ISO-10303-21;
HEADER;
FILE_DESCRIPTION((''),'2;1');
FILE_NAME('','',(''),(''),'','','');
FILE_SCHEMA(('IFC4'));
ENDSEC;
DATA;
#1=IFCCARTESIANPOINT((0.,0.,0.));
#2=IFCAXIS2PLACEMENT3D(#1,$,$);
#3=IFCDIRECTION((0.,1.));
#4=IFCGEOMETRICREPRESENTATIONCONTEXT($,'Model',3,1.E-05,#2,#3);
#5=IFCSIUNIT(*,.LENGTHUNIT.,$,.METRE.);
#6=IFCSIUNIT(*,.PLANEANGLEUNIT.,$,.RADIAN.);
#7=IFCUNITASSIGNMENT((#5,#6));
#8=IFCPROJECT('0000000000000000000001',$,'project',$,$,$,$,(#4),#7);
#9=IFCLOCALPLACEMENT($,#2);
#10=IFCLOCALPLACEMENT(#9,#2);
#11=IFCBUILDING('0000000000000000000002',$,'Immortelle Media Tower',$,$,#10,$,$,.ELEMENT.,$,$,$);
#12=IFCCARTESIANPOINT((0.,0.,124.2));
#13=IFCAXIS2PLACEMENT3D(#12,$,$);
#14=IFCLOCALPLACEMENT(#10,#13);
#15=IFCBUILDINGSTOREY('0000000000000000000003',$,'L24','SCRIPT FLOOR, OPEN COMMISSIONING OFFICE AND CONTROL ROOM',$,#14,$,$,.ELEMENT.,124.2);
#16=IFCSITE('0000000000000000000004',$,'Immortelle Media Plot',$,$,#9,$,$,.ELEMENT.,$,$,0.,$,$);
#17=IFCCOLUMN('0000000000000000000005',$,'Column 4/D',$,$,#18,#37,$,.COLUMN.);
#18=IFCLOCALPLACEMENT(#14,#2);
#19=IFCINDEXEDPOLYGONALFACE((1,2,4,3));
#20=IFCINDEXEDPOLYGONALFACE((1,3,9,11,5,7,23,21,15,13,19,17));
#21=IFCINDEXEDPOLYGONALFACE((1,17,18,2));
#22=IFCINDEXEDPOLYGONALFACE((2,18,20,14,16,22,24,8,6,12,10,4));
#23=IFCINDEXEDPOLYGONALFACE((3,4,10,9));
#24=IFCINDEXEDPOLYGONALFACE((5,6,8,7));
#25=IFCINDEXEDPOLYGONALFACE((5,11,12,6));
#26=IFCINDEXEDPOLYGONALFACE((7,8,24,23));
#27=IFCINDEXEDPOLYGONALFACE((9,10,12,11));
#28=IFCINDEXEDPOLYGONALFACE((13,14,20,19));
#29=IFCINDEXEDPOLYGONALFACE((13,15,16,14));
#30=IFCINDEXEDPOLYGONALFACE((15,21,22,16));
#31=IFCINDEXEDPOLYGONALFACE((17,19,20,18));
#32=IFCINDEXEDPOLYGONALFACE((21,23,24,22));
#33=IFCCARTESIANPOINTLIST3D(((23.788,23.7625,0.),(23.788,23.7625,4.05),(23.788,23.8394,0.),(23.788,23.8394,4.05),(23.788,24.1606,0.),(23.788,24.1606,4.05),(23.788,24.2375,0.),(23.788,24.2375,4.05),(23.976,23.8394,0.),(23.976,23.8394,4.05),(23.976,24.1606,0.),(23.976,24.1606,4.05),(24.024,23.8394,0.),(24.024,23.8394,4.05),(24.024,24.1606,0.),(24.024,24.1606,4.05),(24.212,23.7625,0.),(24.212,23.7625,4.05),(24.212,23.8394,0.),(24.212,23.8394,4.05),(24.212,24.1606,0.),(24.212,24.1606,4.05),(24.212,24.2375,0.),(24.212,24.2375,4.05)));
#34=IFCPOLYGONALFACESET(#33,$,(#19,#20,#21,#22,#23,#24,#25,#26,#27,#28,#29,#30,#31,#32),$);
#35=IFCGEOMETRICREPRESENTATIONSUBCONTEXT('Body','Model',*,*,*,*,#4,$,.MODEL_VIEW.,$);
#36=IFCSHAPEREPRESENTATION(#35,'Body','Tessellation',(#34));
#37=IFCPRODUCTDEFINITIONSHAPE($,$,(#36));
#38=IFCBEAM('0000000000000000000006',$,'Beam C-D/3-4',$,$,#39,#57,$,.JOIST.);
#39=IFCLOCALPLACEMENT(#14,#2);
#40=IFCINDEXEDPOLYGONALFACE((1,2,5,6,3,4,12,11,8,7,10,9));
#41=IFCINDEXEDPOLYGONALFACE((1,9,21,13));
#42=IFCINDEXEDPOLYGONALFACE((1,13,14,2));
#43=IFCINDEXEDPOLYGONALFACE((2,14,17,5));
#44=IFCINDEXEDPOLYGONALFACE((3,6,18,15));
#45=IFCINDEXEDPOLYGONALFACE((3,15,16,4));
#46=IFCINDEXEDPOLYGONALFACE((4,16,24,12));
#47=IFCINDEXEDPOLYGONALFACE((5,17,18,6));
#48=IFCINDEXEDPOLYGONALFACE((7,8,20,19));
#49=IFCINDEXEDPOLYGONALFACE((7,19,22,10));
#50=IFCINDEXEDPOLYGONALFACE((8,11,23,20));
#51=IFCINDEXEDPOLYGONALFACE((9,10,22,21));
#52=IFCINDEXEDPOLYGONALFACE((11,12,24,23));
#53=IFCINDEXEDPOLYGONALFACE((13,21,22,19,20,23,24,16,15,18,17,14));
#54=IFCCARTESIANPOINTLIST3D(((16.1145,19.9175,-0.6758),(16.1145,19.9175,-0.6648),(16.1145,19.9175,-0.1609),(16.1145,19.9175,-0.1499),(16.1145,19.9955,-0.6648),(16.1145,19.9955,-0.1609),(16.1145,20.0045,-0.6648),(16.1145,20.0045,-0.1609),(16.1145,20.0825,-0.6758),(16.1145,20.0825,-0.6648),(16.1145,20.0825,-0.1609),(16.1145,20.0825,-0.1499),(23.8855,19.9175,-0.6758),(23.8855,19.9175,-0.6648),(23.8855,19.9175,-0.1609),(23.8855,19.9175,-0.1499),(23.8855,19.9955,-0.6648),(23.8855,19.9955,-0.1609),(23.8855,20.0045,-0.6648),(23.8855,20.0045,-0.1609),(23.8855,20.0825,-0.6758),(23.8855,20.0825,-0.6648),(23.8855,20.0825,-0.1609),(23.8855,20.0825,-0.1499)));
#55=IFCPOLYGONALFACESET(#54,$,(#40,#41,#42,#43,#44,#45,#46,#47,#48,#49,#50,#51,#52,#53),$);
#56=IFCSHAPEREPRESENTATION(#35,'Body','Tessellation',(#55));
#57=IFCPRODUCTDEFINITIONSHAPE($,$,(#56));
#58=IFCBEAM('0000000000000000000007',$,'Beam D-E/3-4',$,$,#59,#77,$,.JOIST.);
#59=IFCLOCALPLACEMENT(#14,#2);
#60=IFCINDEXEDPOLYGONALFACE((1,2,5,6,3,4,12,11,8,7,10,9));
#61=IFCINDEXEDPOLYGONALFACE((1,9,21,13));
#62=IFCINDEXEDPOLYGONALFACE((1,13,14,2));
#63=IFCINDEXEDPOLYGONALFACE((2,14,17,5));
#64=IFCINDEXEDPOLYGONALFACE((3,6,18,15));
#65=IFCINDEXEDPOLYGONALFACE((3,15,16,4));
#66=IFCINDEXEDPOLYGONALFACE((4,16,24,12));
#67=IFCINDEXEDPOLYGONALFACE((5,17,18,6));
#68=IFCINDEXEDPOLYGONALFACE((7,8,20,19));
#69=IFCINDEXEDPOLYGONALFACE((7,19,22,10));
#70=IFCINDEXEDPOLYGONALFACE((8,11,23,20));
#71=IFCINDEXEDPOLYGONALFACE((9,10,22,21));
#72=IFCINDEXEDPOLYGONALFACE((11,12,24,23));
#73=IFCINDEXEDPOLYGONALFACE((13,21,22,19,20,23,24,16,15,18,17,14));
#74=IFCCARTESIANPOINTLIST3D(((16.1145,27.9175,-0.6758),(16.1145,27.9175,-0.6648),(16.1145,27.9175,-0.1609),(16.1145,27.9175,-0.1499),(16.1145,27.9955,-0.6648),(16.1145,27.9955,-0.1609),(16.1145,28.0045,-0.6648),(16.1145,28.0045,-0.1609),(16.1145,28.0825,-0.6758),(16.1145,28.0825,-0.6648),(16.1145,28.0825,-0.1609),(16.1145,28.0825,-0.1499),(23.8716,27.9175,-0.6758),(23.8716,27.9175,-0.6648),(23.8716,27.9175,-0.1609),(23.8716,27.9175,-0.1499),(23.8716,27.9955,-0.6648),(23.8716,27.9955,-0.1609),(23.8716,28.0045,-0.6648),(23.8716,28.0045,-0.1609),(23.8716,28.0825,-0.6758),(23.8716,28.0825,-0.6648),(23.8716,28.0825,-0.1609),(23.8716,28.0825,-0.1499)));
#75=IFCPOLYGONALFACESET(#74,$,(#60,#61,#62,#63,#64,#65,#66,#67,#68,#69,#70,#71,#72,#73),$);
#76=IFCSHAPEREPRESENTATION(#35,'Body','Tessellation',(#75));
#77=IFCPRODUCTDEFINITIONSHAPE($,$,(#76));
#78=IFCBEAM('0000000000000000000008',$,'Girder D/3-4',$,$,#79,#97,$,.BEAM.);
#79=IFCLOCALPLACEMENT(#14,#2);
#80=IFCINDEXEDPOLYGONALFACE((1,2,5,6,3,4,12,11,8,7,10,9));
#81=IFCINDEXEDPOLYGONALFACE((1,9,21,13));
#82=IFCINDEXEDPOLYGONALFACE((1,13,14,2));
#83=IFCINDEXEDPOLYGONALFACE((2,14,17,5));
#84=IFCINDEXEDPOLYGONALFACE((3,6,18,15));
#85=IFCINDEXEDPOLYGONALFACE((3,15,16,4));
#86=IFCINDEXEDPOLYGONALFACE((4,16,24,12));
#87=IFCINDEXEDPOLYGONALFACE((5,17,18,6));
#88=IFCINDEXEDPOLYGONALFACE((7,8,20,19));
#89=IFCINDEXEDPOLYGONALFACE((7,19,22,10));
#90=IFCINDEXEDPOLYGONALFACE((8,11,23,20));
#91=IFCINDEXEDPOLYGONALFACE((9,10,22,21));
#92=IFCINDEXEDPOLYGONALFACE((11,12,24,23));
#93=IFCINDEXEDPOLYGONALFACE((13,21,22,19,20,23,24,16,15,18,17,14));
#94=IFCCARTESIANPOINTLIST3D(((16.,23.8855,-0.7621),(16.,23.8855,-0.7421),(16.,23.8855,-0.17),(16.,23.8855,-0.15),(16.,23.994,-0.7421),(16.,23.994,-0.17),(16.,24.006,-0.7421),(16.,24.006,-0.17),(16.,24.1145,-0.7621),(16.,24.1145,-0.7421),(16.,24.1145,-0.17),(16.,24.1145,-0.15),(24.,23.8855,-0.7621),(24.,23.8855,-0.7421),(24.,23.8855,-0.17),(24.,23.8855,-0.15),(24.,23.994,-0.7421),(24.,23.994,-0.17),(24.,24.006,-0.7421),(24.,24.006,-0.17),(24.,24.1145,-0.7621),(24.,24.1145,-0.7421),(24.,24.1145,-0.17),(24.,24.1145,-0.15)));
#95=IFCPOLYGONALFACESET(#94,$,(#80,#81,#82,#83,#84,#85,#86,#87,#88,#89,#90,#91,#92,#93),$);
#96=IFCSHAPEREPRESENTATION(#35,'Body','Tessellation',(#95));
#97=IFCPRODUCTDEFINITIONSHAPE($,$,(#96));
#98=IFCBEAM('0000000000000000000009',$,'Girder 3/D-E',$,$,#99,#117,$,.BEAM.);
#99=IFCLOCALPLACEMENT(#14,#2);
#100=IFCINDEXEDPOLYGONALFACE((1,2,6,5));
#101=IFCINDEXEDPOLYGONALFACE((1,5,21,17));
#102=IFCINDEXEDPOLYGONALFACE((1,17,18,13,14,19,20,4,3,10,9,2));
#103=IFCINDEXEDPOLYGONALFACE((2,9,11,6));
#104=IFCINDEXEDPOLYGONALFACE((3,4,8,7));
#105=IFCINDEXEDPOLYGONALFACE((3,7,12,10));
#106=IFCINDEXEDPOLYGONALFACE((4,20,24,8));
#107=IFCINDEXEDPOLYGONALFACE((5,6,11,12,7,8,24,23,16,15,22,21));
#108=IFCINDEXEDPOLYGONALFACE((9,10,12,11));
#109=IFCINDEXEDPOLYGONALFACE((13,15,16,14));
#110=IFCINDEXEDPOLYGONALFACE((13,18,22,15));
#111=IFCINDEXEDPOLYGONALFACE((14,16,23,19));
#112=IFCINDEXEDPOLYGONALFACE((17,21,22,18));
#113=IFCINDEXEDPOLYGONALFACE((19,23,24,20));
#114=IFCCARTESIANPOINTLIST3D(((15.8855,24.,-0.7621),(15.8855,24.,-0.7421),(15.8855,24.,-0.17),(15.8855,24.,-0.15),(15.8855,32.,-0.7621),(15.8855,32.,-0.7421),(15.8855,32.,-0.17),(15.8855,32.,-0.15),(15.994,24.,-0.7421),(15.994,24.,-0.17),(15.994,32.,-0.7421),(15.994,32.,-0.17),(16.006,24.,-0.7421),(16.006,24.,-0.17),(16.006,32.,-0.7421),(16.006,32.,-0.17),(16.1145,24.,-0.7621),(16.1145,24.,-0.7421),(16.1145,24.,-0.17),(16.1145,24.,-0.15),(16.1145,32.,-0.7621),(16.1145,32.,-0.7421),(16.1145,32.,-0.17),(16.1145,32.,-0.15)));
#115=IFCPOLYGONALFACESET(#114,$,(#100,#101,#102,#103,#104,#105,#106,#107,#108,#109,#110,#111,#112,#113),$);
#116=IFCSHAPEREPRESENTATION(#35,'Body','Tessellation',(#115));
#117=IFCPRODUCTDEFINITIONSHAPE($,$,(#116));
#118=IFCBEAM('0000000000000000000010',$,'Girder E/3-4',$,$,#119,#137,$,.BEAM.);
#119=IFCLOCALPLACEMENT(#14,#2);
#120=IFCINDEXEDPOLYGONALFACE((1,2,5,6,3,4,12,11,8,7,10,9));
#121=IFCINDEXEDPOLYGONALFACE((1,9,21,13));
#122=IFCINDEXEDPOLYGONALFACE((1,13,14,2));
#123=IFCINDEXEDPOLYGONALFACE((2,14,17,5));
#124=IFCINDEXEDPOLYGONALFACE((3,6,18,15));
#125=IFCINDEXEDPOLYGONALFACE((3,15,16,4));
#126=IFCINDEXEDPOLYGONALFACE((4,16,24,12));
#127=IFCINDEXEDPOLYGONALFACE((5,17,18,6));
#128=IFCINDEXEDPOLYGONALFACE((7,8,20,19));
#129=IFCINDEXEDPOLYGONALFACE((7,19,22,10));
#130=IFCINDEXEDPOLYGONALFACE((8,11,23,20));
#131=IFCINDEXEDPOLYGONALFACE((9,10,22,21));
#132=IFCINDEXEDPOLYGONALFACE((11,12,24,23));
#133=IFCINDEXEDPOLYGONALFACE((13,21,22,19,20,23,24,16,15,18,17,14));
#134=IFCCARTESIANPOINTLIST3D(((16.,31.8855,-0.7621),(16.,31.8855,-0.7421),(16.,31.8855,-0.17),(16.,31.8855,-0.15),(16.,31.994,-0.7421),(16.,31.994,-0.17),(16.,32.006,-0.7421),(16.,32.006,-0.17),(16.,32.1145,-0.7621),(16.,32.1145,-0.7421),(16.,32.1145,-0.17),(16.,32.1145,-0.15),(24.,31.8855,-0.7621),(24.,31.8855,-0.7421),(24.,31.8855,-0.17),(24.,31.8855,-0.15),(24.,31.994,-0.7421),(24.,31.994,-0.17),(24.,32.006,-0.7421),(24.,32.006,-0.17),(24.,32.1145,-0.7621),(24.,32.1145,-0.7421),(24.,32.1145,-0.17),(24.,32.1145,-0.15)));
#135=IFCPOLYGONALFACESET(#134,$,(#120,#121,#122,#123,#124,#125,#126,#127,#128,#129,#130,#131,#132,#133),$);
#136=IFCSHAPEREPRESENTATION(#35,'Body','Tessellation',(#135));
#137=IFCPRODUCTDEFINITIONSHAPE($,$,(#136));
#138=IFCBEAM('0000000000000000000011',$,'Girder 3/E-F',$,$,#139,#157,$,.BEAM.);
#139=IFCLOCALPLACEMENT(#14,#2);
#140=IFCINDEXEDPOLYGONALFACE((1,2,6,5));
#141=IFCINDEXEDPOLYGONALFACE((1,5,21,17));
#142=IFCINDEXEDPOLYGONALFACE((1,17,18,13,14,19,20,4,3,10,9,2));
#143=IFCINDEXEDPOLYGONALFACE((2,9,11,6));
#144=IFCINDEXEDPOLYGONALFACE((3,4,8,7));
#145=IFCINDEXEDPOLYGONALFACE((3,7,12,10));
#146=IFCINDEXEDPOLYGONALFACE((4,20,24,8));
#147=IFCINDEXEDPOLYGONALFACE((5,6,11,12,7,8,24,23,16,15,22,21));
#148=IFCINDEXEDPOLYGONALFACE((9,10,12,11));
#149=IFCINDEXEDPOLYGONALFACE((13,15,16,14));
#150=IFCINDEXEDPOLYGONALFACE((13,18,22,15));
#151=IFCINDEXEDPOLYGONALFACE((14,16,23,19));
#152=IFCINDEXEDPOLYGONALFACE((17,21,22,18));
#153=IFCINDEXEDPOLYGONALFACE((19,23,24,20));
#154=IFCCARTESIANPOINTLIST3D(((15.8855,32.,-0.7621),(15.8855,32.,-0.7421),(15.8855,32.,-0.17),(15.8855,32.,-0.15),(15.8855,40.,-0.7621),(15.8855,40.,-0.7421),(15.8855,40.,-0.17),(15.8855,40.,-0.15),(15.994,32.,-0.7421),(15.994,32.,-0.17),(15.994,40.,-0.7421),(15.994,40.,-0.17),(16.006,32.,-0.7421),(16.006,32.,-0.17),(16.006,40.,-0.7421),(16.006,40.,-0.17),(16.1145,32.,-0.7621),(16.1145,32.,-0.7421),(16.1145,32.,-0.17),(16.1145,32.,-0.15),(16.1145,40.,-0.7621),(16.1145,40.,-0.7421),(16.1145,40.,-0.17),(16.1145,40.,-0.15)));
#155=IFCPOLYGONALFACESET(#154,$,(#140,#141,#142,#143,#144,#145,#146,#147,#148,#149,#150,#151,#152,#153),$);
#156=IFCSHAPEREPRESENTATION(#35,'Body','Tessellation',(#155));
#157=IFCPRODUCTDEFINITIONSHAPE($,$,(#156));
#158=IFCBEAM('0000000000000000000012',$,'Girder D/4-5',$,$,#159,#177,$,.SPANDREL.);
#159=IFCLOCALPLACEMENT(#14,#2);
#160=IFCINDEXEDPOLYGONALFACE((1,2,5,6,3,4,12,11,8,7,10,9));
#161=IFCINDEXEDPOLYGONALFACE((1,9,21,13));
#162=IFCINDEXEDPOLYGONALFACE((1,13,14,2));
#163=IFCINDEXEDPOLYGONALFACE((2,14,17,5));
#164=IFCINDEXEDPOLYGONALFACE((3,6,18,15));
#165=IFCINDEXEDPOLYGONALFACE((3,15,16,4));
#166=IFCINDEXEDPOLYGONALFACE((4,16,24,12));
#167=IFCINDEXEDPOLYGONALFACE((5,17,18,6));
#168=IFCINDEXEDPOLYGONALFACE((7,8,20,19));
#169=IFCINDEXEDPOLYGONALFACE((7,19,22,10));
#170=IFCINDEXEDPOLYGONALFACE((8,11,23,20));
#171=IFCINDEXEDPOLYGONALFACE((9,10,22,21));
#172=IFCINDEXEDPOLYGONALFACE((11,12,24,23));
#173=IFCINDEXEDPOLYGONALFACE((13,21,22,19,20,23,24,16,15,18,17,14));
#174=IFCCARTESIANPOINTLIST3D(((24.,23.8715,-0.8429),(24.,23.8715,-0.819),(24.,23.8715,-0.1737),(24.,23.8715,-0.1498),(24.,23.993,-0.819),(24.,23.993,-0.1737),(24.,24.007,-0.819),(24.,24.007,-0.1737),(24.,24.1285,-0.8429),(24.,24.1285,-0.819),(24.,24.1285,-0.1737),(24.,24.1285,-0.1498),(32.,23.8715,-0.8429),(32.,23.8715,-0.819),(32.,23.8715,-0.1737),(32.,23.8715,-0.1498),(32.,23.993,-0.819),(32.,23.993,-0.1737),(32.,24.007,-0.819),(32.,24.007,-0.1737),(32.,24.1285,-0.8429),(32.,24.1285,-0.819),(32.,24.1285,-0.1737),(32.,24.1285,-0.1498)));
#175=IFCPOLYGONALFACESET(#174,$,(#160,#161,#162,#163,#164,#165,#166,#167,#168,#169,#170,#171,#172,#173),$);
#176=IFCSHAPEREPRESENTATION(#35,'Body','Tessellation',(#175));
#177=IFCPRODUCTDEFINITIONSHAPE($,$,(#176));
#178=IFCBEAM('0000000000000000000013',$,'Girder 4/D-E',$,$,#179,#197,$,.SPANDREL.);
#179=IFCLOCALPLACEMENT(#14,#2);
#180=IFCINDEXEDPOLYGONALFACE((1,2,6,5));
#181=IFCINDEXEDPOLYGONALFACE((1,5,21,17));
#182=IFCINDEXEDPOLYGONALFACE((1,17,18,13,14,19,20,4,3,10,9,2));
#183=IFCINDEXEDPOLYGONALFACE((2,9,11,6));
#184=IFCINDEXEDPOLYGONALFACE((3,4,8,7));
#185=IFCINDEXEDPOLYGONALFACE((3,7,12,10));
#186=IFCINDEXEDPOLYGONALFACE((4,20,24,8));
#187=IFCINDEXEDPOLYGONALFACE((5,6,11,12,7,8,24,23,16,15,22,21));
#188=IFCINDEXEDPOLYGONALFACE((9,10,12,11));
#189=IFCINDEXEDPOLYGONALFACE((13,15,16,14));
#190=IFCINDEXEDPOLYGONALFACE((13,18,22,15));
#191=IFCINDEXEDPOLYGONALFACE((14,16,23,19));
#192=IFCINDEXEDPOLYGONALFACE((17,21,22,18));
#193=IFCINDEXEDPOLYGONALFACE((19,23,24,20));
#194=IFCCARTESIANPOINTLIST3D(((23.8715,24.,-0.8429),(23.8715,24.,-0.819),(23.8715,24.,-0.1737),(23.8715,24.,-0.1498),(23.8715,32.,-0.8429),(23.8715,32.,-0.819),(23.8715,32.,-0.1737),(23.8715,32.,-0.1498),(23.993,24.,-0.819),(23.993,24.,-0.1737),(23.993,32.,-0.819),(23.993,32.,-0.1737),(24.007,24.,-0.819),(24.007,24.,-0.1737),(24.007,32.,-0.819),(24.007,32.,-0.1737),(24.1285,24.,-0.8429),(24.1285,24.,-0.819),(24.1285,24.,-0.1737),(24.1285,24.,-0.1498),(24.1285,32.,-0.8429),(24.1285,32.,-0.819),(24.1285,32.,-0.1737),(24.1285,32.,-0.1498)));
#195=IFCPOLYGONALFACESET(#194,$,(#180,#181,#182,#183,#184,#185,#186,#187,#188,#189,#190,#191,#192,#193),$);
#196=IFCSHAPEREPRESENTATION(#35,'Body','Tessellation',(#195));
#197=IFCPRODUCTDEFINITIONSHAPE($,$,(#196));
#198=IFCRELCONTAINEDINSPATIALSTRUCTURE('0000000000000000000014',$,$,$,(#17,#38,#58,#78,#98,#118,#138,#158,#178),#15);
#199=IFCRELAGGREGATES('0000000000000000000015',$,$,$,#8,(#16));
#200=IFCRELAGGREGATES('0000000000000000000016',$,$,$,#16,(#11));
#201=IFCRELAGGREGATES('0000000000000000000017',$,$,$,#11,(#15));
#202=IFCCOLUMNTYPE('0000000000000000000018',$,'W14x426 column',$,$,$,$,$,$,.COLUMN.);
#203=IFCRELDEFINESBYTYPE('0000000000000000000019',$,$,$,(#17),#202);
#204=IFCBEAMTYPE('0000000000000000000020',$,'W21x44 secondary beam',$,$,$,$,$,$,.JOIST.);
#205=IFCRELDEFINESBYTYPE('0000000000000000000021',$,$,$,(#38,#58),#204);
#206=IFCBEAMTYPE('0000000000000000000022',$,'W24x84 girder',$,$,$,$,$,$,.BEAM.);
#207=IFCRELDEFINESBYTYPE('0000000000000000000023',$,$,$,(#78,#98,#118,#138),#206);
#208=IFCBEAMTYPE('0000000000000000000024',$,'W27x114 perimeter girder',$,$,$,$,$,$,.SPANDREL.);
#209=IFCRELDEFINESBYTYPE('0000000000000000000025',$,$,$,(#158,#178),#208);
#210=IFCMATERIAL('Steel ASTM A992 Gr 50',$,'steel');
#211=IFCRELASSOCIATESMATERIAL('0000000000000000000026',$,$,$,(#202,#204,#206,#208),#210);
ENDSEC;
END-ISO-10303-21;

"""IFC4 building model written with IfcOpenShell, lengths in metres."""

from ifc_helpers import new_model, si_unit, direction, frame, origin, origin_2d, place, context, subcontext, project, spatial, i_section, extrude, material, material_profile, profile_set, type_object, element, save


model = new_model("IFC4")

# Units and contexts
model_context = context("Model", 3, precision=1e-05, world=origin(), true_north=direction((0.0, 1.0)))
body_context = subcontext(model_context, "Body", "Model", "MODEL_VIEW")
ifc_project = project(units=[si_unit("LENGTHUNIT", "METRE"), si_unit("PLANEANGLEUNIT", "RADIAN")], contexts=[model_context])

# Site, building, storey
site_placement = place(None, origin())
site = spatial("IfcSite", under=ifc_project, at=site_placement, Name="Immortelle Media Plot", CompositionType="ELEMENT", RefElevation=0.0)
building_placement = place(site_placement, origin())
building = spatial("IfcBuilding", under=site, at=building_placement, Name="Immortelle Media Tower", CompositionType="ELEMENT")
storey_placement = place(building_placement, frame((0.0, 0.0, 124.2)))
storey = spatial("IfcBuildingStorey", under=building, at=storey_placement, Name="L24", Description="SCRIPT FLOOR, OPEN COMMISSIONING OFFICE AND CONTROL ROOM", CompositionType="ELEMENT", Elevation=124.2)

# Column
ifc_material_1 = material(Name="Steel ASTM A992 Gr 50", Category="steel")
ifc_material_profile_1 = material_profile(ifc_material_1, i_section(OverallWidth=0.4241, OverallDepth=0.4751, WebThickness=0.0481, FlangeThickness=0.0769, at=origin_2d()), Name="W14x426")
ifc_profile_set_1 = profile_set([ifc_material_profile_1], Name="Steel ASTM A992 Gr 50")
column_type = type_object("IfcColumnType", Name="W14x426 column", PredefinedType="COLUMN", material=ifc_profile_set_1)
column_placement = place(storey_placement, frame((24.0, 24.0, 0.0), z_axis=(0.0, 0.0, 1.0), x_axis=(1.0, 0.0, 0.0)))
element("IfcColumn", 1, at=column_placement, inside=storey, type_object=column_type, Name="Column 4/D", PredefinedType="COLUMN", context=body_context, shape_type="SweptSolid", body=[
    extrude(i_section(OverallWidth=0.4241, OverallDepth=0.4751, WebThickness=0.0481, FlangeThickness=0.0769, at=origin_2d()), origin(), (0.0, 0.0, 1.0), 4.05),
])

# Beams
ifc_material_profile_2 = material_profile(ifc_material_1, i_section(OverallWidth=0.165, OverallDepth=0.5259, WebThickness=0.009, FlangeThickness=0.011, at=origin_2d()), Name="W21x44")
ifc_profile_set_2 = profile_set([ifc_material_profile_2], Name="Steel ASTM A992 Gr 50")
beam_type_1 = type_object("IfcBeamType", Name="W21x44 secondary beam", PredefinedType="JOIST", material=ifc_profile_set_2)
beam_1_placement = place(storey_placement, frame((16.1145, 20.0, -0.4128), z_axis=(1.0, 0.0, 0.0), x_axis=(0.0, 1.0, 0.0)))
element("IfcBeam", 2, at=beam_1_placement, inside=storey, type_object=beam_type_1, Name="Beam C-D/3-4", PredefinedType="JOIST", context=body_context, shape_type="SweptSolid", body=[
    extrude(i_section(OverallWidth=0.165, OverallDepth=0.5259, WebThickness=0.009, FlangeThickness=0.011, at=origin_2d()), origin(), (0.0, 0.0, 1.0), 7.771),
])
beam_2_placement = place(storey_placement, frame((16.1145, 28.0, -0.4128), z_axis=(1.0, 0.0, 0.0), x_axis=(0.0, 1.0, 0.0)))
element("IfcBeam", 3, at=beam_2_placement, inside=storey, type_object=beam_type_1, Name="Beam D-E/3-4", PredefinedType="JOIST", context=body_context, shape_type="SweptSolid", body=[
    extrude(i_section(OverallWidth=0.165, OverallDepth=0.5259, WebThickness=0.009, FlangeThickness=0.011, at=origin_2d()), origin(), (0.0, 0.0, 1.0), 7.7571),
])
ifc_material_profile_3 = material_profile(ifc_material_1, i_section(OverallWidth=0.229, OverallDepth=0.6121, WebThickness=0.012, FlangeThickness=0.02, at=origin_2d()), Name="W24x84")
ifc_profile_set_3 = profile_set([ifc_material_profile_3], Name="Steel ASTM A992 Gr 50")
beam_type_2 = type_object("IfcBeamType", Name="W24x84 girder", PredefinedType="BEAM", material=ifc_profile_set_3)
for number, where, z_axis, x_axis, name in (
    (4, (16.0, 24.0, -0.4561), (1.0, 0.0, 0.0), (0.0, 1.0, 0.0), "Girder D/3-4"),
    (5, (16.0, 24.0, -0.4561), (0.0, 1.0, 0.0), (-1.0, 0.0, 0.0), "Girder 3/D-E"),
    (6, (16.0, 32.0, -0.4561), (1.0, 0.0, 0.0), (0.0, 1.0, 0.0), "Girder E/3-4"),
    (7, (16.0, 32.0, -0.4561), (0.0, 1.0, 0.0), (-1.0, 0.0, 0.0), "Girder 3/E-F"),
):
    element("IfcBeam", number, at=place(storey_placement, frame(where, z_axis=z_axis, x_axis=x_axis)), inside=storey, type_object=beam_type_2, Name=name, PredefinedType="BEAM", context=body_context, shape_type="SweptSolid", body=[
        extrude(i_section(OverallWidth=0.229, OverallDepth=0.6121, WebThickness=0.012, FlangeThickness=0.02, at=origin_2d()), origin(), (0.0, 0.0, 1.0), 8.0),
    ])
ifc_material_profile_4 = material_profile(ifc_material_1, i_section(OverallWidth=0.2571, OverallDepth=0.6931, WebThickness=0.0139, FlangeThickness=0.0239, at=origin_2d()), Name="W27x114")
ifc_profile_set_4 = profile_set([ifc_material_profile_4], Name="Steel ASTM A992 Gr 50")
beam_type_3 = type_object("IfcBeamType", Name="W27x114 perimeter girder", PredefinedType="SPANDREL", material=ifc_profile_set_4)
for number, where, z_axis, x_axis, name in (
    (8, (24.0, 24.0, -0.4963), (1.0, 0.0, 0.0), (0.0, 1.0, 0.0), "Girder D/4-5"),
    (9, (24.0, 24.0, -0.4963), (0.0, 1.0, 0.0), (-1.0, 0.0, 0.0), "Girder 4/D-E"),
):
    element("IfcBeam", number, at=place(storey_placement, frame(where, z_axis=z_axis, x_axis=x_axis)), inside=storey, type_object=beam_type_3, Name=name, PredefinedType="SPANDREL", context=body_context, shape_type="SweptSolid", body=[
        extrude(i_section(OverallWidth=0.2571, OverallDepth=0.6931, WebThickness=0.0139, FlangeThickness=0.0239, at=origin_2d()), origin(), (0.0, 0.0, 1.0), 8.0),
    ])

save(model, "model.ifc")
